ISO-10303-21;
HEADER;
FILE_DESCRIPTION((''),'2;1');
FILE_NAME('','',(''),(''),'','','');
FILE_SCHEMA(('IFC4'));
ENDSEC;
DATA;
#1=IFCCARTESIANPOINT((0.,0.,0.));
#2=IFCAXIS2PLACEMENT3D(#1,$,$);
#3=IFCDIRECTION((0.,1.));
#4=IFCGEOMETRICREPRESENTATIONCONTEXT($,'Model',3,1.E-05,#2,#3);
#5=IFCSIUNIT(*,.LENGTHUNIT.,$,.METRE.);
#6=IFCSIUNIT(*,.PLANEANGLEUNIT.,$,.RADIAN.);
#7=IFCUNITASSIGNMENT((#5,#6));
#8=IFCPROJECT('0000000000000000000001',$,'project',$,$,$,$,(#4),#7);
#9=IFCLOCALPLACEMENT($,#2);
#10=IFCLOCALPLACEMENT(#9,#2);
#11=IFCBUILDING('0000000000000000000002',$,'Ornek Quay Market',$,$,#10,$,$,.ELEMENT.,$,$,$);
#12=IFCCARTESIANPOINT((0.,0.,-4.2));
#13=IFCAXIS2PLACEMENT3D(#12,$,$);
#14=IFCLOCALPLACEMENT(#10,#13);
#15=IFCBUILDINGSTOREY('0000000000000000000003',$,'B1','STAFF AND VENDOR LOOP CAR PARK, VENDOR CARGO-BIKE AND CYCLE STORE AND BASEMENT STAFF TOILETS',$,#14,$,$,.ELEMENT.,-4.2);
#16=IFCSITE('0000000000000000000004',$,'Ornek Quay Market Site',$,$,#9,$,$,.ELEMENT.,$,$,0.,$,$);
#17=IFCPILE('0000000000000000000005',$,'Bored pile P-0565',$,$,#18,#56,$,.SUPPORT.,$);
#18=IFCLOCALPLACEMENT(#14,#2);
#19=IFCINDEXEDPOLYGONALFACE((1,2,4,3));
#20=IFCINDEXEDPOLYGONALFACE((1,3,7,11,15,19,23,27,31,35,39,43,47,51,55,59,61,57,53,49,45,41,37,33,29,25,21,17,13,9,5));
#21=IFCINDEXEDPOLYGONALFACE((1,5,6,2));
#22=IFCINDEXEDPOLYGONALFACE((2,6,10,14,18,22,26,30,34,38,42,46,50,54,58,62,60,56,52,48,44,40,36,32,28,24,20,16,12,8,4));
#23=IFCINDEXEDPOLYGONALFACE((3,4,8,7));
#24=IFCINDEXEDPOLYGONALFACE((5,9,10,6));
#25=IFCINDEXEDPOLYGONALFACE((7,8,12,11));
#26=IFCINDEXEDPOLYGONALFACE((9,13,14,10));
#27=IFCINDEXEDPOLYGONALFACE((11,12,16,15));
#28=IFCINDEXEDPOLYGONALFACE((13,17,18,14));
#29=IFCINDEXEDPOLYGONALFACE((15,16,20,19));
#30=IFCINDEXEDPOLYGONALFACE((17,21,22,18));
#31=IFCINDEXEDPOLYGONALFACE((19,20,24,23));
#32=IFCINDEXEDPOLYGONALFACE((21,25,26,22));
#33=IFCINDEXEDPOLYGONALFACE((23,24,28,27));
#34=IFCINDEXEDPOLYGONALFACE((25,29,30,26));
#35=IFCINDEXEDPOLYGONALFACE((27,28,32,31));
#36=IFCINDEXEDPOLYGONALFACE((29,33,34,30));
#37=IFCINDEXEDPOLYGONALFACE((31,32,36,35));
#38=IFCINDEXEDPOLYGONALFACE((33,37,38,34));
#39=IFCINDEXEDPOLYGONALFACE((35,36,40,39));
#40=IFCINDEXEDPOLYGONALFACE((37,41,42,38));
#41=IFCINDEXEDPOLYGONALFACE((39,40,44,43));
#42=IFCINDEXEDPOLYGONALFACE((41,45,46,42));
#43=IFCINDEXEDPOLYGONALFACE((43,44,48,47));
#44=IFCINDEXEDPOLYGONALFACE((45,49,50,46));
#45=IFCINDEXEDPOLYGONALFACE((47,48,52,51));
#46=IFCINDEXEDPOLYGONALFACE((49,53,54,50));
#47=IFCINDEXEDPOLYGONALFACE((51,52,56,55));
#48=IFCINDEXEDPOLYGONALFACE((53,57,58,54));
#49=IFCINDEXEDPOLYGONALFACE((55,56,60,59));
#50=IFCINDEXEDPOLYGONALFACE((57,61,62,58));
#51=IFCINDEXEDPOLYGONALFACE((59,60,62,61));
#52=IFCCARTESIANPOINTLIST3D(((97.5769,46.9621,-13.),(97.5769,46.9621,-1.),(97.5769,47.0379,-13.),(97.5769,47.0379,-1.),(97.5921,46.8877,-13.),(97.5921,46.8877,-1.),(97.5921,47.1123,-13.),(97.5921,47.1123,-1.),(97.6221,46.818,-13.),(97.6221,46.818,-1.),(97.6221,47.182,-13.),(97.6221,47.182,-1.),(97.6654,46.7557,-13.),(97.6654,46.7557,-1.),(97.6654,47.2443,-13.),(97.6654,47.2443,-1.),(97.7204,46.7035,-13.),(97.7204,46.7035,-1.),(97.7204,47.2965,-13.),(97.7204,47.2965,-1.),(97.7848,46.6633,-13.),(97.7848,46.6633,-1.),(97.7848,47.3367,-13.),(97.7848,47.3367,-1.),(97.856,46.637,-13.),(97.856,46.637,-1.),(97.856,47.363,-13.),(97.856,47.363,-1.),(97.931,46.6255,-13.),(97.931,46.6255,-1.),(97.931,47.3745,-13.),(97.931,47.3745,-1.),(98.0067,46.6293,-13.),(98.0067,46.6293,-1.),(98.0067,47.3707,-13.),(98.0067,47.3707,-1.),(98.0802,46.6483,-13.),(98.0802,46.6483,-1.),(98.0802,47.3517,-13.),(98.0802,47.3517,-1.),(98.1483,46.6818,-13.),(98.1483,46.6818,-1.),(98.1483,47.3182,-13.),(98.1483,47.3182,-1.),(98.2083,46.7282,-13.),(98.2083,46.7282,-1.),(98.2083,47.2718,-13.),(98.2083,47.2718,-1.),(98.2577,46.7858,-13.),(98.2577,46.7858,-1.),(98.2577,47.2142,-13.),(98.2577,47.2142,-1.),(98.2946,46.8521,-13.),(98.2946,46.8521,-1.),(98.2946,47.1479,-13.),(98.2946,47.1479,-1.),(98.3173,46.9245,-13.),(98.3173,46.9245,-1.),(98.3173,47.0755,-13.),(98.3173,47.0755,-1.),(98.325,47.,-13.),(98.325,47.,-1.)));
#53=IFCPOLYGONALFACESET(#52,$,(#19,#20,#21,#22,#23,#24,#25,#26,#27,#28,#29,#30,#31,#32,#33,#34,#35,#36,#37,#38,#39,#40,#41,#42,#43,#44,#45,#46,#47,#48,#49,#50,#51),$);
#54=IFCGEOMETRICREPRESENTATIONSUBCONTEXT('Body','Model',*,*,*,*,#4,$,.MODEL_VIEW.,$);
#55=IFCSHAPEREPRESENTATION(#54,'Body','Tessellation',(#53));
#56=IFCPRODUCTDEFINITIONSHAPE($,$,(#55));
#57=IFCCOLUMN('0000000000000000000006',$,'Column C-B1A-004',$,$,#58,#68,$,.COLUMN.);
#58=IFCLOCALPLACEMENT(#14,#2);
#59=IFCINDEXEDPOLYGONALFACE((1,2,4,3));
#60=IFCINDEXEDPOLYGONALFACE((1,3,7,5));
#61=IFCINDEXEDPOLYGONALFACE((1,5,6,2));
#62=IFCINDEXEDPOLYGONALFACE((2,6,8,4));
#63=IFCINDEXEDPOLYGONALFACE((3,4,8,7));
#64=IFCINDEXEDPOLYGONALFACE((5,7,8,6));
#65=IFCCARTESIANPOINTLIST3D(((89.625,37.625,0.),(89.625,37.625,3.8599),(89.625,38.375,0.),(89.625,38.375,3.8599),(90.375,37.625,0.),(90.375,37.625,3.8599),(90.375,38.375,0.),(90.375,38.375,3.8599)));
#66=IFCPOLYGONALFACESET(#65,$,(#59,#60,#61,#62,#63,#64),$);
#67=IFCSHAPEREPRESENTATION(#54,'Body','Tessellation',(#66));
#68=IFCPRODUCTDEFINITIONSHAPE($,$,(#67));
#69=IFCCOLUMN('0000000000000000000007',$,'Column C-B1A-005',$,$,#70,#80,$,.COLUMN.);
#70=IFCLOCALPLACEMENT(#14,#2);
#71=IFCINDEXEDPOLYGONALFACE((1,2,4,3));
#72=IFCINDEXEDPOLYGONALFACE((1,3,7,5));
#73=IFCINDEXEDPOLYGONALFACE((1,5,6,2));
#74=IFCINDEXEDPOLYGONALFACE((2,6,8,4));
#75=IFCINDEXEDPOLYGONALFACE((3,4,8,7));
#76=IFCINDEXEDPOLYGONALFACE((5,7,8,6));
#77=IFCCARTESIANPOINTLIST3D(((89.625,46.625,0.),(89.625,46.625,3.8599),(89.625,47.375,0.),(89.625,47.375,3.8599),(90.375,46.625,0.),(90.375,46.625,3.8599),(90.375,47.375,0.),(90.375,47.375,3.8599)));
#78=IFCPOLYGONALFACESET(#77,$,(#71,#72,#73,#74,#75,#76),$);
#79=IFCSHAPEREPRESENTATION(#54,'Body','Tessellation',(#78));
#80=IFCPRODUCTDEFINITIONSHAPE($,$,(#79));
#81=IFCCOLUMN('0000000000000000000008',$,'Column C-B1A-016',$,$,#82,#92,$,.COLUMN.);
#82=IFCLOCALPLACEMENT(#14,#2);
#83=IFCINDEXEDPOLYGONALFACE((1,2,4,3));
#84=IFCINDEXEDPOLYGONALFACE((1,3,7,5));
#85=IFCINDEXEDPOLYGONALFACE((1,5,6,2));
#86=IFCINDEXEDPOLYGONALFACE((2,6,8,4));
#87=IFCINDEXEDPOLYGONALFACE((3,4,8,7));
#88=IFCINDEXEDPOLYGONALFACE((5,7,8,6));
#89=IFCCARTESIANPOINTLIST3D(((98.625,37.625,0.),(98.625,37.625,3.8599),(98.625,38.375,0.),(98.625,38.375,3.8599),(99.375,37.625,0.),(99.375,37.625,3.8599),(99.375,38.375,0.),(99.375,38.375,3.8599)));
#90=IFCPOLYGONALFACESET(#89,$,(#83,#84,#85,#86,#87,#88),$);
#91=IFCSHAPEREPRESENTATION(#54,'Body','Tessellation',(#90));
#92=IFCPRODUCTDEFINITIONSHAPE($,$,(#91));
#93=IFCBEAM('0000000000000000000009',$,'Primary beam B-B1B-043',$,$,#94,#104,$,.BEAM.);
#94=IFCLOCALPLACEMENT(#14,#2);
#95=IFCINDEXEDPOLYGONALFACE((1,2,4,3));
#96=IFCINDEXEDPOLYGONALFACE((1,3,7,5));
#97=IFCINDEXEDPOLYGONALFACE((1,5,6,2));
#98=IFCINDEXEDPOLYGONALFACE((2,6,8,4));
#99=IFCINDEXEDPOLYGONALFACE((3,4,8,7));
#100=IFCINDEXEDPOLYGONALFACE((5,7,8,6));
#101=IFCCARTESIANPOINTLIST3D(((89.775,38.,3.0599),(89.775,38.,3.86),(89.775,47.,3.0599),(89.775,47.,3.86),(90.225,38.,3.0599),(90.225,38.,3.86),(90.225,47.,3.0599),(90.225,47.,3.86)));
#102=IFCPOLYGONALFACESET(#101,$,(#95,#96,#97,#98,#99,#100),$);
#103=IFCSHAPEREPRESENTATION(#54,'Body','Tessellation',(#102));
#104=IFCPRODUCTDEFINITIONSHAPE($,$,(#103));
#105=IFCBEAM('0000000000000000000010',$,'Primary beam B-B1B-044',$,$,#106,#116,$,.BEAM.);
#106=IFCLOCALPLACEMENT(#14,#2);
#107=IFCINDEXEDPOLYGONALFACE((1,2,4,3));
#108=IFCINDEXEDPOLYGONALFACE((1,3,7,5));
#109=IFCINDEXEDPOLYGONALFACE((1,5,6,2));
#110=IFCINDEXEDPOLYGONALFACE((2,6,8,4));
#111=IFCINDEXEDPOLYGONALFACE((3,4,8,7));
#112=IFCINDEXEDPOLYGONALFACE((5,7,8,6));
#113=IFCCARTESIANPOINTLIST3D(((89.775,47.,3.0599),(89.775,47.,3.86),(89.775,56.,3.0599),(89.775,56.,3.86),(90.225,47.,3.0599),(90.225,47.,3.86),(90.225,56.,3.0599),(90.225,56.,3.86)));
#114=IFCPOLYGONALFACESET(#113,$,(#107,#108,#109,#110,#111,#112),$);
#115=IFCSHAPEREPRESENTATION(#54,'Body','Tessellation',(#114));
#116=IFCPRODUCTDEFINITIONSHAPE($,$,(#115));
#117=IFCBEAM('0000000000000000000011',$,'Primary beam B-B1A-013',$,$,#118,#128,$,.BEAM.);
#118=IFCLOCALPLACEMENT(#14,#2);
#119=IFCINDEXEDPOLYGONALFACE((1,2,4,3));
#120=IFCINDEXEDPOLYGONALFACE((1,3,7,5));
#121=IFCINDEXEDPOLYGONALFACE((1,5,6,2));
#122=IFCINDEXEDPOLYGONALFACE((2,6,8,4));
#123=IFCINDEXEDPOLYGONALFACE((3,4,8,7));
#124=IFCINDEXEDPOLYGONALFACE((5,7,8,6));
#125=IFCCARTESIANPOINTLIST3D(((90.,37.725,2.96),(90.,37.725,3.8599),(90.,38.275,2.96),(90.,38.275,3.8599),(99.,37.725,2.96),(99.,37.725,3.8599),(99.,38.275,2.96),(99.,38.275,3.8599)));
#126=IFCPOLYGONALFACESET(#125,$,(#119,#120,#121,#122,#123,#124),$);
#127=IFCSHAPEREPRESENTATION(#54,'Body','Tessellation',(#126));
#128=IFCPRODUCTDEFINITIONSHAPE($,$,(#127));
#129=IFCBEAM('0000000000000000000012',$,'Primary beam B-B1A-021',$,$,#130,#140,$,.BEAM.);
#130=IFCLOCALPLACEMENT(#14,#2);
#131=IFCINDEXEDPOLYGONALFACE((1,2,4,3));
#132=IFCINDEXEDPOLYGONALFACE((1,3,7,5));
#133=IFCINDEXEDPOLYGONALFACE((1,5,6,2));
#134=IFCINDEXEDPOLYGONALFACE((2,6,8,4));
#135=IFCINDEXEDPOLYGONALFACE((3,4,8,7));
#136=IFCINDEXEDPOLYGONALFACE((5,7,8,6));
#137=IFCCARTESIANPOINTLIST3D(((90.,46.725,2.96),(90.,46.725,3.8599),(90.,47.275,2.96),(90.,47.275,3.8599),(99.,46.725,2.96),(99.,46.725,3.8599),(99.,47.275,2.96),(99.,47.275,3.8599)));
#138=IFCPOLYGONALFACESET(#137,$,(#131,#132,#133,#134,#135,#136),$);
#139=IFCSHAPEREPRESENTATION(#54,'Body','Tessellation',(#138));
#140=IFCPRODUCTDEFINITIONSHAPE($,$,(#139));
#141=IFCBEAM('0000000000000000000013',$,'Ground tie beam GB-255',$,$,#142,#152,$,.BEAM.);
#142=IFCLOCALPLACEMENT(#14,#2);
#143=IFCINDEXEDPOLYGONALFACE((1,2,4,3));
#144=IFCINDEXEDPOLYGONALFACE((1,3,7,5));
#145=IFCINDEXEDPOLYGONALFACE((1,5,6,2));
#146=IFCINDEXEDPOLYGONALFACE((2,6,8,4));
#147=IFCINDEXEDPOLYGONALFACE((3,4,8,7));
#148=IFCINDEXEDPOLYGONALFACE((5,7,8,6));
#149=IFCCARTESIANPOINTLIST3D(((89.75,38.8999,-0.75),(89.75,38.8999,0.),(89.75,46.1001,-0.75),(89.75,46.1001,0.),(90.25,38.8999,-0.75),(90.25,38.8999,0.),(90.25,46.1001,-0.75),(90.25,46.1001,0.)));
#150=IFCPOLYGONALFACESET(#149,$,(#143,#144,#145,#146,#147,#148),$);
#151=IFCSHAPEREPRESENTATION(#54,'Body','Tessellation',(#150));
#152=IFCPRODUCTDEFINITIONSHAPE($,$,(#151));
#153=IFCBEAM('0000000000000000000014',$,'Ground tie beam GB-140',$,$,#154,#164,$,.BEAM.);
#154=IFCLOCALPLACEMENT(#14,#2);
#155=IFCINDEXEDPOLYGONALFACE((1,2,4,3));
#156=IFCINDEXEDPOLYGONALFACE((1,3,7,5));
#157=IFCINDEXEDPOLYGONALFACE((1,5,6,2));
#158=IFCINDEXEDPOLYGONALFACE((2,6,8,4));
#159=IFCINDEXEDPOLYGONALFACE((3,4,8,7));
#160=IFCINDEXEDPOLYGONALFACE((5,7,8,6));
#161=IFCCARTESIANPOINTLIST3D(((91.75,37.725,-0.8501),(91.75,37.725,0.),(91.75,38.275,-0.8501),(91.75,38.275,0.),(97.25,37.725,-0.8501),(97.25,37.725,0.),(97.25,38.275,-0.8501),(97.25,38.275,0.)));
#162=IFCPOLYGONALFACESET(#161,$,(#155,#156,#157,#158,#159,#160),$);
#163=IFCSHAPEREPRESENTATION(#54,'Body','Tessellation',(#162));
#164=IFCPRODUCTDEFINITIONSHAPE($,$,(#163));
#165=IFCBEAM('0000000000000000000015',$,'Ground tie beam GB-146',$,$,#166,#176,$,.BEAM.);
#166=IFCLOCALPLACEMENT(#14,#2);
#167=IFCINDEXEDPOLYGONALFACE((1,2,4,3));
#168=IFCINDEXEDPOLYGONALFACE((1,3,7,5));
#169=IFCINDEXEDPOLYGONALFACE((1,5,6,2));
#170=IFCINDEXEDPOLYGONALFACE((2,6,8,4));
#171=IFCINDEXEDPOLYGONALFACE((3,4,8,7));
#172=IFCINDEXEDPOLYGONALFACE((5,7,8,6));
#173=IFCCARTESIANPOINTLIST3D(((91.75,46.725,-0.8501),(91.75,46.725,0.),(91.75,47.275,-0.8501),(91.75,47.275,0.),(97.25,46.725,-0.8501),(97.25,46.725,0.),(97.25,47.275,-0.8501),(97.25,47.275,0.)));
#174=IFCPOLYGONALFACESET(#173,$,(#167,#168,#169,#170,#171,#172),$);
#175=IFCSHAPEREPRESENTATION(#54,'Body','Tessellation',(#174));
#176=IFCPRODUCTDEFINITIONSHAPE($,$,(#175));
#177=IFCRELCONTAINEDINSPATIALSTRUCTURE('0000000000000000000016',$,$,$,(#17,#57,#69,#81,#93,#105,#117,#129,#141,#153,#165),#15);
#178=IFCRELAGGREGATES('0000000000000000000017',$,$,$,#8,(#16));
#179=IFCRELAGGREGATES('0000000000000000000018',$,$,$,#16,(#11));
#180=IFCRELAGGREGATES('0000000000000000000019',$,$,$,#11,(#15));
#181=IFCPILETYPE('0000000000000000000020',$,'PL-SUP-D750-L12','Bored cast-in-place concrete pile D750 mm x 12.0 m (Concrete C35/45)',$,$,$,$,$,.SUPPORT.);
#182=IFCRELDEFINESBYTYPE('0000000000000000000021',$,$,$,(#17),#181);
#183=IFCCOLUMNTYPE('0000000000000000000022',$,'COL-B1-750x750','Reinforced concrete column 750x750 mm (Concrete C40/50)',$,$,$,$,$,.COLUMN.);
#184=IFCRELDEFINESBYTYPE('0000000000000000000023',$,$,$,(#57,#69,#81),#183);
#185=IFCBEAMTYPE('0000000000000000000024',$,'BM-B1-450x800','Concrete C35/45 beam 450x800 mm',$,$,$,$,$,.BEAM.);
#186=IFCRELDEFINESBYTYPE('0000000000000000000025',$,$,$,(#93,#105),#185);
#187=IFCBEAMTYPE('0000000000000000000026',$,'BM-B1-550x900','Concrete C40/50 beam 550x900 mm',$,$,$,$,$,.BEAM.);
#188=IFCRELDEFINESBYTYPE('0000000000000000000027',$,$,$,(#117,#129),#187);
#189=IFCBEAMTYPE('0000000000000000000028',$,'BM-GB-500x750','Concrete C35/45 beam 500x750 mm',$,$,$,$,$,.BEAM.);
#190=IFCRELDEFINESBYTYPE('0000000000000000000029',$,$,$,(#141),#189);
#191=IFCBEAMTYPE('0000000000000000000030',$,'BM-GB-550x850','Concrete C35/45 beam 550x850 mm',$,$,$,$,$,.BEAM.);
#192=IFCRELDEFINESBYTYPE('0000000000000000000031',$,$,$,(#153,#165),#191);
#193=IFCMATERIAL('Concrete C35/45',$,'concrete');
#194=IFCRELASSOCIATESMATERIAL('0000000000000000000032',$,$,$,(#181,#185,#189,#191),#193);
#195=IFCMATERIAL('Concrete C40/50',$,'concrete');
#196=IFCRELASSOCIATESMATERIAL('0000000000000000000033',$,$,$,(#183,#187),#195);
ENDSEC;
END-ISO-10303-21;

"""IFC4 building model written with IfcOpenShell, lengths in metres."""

from ifc_helpers import new_model, si_unit, direction, frame, origin, origin_2d, place, context, subcontext, project, spatial, rectangle, circle, extrude, material, material_profile, profile_set, type_object, element, save


model = new_model("IFC4")

# Units and contexts
model_context = context("Model", 3, precision=1e-05, world=origin(), true_north=direction((0.0, 1.0)))
body_context = subcontext(model_context, "Body", "Model", "MODEL_VIEW")
ifc_project = project(units=[si_unit("LENGTHUNIT", "METRE"), si_unit("PLANEANGLEUNIT", "RADIAN")], contexts=[model_context])

# Site, building, storey
site_placement = place(None, origin())
site = spatial("IfcSite", under=ifc_project, at=site_placement, Name="Ornek Quay Market Site", CompositionType="ELEMENT", RefElevation=0.0)
building_placement = place(site_placement, origin())
building = spatial("IfcBuilding", under=site, at=building_placement, Name="Ornek Quay Market", CompositionType="ELEMENT")
storey_placement = place(building_placement, frame((0.0, 0.0, -4.2)))
storey = spatial("IfcBuildingStorey", under=building, at=storey_placement, Name="B1", Description="STAFF AND VENDOR LOOP CAR PARK, VENDOR CARGO-BIKE AND CYCLE STORE AND BASEMENT STAFF TOILETS", CompositionType="ELEMENT", Elevation=-4.2)

# Pile
ifc_material_1 = material(Name="Concrete C35/45", Category="concrete")
ifc_material_profile_1 = material_profile(ifc_material_1, circle(Radius=0.375, at=origin_2d()), Name="PILE D750", Category="concrete")
ifc_profile_set_1 = profile_set([ifc_material_profile_1], Name="Concrete C35/45")
pile_type = type_object("IfcPileType", Name="PL-SUP-D750-L12", Description="Bored cast-in-place concrete pile D750 mm x 12.0 m (Concrete C35/45)", PredefinedType="SUPPORT", material=ifc_profile_set_1)
for number, where, z_axis, x_axis, name in (
    (1, (97.95, 47.0, -1.0), (0.0, 0.0, -1.0), (1.0, 0.0, 0.0), "Bored pile P-0565"),
):
    element("IfcPile", number, at=place(storey_placement, frame(where, z_axis=z_axis, x_axis=x_axis)), inside=storey, type_object=pile_type, Name=name, PredefinedType="SUPPORT", context=body_context, shape_type="SweptSolid", body=[
        extrude(circle(Radius=0.375, at=origin_2d()), origin(), (0.0, 0.0, 1.0), 12.0),
    ])

# Columns
ifc_material_2 = material(Name="Concrete C40/50", Category="concrete")
ifc_material_profile_2 = material_profile(ifc_material_2, rectangle(XDim=0.75, YDim=0.75, at=origin_2d()), Name="RC 750x750", Category="concrete")
ifc_profile_set_2 = profile_set([ifc_material_profile_2], Name="Concrete C40/50")
column_type = type_object("IfcColumnType", Name="COL-B1-750x750", Description="Reinforced concrete column 750x750 mm (Concrete C40/50)", PredefinedType="COLUMN", material=ifc_profile_set_2)
for number, where, z_axis, x_axis, name in (
    (2, (90.0, 38.0, 0.0), (0.0, 0.0, 1.0), (1.0, 0.0, 0.0), "Column C-B1A-004"),
    (3, (90.0, 47.0, 0.0), (0.0, 0.0, 1.0), (1.0, 0.0, 0.0), "Column C-B1A-005"),
    (4, (99.0, 38.0, 0.0), (0.0, 0.0, 1.0), (1.0, 0.0, 0.0), "Column C-B1A-016"),
):
    element("IfcColumn", number, at=place(storey_placement, frame(where, z_axis=z_axis, x_axis=x_axis)), inside=storey, type_object=column_type, Name=name, PredefinedType="COLUMN", context=body_context, shape_type="SweptSolid", body=[
        extrude(rectangle(XDim=0.75, YDim=0.75, at=origin_2d()), origin(), (0.0, 0.0, 1.0), 3.8599),
    ])

# Beams
ifc_material_profile_3 = material_profile(ifc_material_1, rectangle(XDim=0.45, YDim=0.8, at=origin_2d()), Name="RC 450x800", Category="concrete")
ifc_profile_set_3 = profile_set([ifc_material_profile_3], Name="Concrete C35/45")
beam_type_1 = type_object("IfcBeamType", Name="BM-B1-450x800", Description="Concrete C35/45 beam 450x800 mm", PredefinedType="BEAM", material=ifc_profile_set_3)
for number, where, z_axis, x_axis, name in (
    (5, (90.0, 38.0, 3.46), (0.0, 1.0, 0.0), (-1.0, 0.0, 0.0), "Primary beam B-B1B-043"),
    (6, (90.0, 47.0, 3.46), (0.0, 1.0, 0.0), (-1.0, 0.0, 0.0), "Primary beam B-B1B-044"),
):
    element("IfcBeam", number, at=place(storey_placement, frame(where, z_axis=z_axis, x_axis=x_axis)), inside=storey, type_object=beam_type_1, Name=name, PredefinedType="BEAM", context=body_context, shape_type="SweptSolid", body=[
        extrude(rectangle(XDim=0.45, YDim=0.8, at=origin_2d()), origin(), (0.0, 0.0, 1.0), 9.0),
    ])
ifc_material_profile_4 = material_profile(ifc_material_2, rectangle(XDim=0.55, YDim=0.8999, at=origin_2d()), Name="RC 550x900", Category="concrete")
ifc_profile_set_4 = profile_set([ifc_material_profile_4], Name="Concrete C40/50")
beam_type_2 = type_object("IfcBeamType", Name="BM-B1-550x900", Description="Concrete C40/50 beam 550x900 mm", PredefinedType="BEAM", material=ifc_profile_set_4)
for number, where, z_axis, x_axis, name in (
    (7, (90.0, 38.0, 3.4099), (1.0, 0.0, 0.0), (0.0, 1.0, 0.0), "Primary beam B-B1A-013"),
    (8, (90.0, 47.0, 3.4099), (1.0, 0.0, 0.0), (0.0, 1.0, 0.0), "Primary beam B-B1A-021"),
):
    element("IfcBeam", number, at=place(storey_placement, frame(where, z_axis=z_axis, x_axis=x_axis)), inside=storey, type_object=beam_type_2, Name=name, PredefinedType="BEAM", context=body_context, shape_type="SweptSolid", body=[
        extrude(rectangle(XDim=0.55, YDim=0.8999, at=origin_2d()), origin(), (0.0, 0.0, 1.0), 9.0),
    ])
ifc_material_profile_5 = material_profile(ifc_material_1, rectangle(XDim=0.5, YDim=0.75, at=origin_2d()), Name="RC 500x750", Category="concrete")
ifc_profile_set_5 = profile_set([ifc_material_profile_5], Name="Concrete C35/45")
beam_type_3 = type_object("IfcBeamType", Name="BM-GB-500x750", Description="Concrete C35/45 beam 500x750 mm", PredefinedType="BEAM", material=ifc_profile_set_5)
beam_1_placement = place(storey_placement, frame((90.0, 38.8999, -0.375), z_axis=(0.0, 1.0, 0.0), x_axis=(-1.0, 0.0, 0.0)))
element("IfcBeam", 9, at=beam_1_placement, inside=storey, type_object=beam_type_3, Name="Ground tie beam GB-255", PredefinedType="BEAM", context=body_context, shape_type="SweptSolid", body=[
    extrude(rectangle(XDim=0.5, YDim=0.75, at=origin_2d()), origin(), (0.0, 0.0, 1.0), 7.2002),
])
ifc_material_profile_6 = material_profile(ifc_material_1, rectangle(XDim=0.55, YDim=0.8501, at=origin_2d()), Name="RC 550x850", Category="concrete")
ifc_profile_set_6 = profile_set([ifc_material_profile_6], Name="Concrete C35/45")
beam_type_4 = type_object("IfcBeamType", Name="BM-GB-550x850", Description="Concrete C35/45 beam 550x850 mm", PredefinedType="BEAM", material=ifc_profile_set_6)
for number, where, z_axis, x_axis, name in (
    (10, (91.75, 38.0, -0.425), (1.0, 0.0, 0.0), (0.0, 1.0, 0.0), "Ground tie beam GB-140"),
    (11, (91.75, 47.0, -0.425), (1.0, 0.0, 0.0), (0.0, 1.0, 0.0), "Ground tie beam GB-146"),
):
    element("IfcBeam", number, at=place(storey_placement, frame(where, z_axis=z_axis, x_axis=x_axis)), inside=storey, type_object=beam_type_4, Name=name, PredefinedType="BEAM", context=body_context, shape_type="SweptSolid", body=[
        extrude(rectangle(XDim=0.55, YDim=0.8501, at=origin_2d()), origin(), (0.0, 0.0, 1.0), 5.5),
    ])

save(model, "model.ifc")
